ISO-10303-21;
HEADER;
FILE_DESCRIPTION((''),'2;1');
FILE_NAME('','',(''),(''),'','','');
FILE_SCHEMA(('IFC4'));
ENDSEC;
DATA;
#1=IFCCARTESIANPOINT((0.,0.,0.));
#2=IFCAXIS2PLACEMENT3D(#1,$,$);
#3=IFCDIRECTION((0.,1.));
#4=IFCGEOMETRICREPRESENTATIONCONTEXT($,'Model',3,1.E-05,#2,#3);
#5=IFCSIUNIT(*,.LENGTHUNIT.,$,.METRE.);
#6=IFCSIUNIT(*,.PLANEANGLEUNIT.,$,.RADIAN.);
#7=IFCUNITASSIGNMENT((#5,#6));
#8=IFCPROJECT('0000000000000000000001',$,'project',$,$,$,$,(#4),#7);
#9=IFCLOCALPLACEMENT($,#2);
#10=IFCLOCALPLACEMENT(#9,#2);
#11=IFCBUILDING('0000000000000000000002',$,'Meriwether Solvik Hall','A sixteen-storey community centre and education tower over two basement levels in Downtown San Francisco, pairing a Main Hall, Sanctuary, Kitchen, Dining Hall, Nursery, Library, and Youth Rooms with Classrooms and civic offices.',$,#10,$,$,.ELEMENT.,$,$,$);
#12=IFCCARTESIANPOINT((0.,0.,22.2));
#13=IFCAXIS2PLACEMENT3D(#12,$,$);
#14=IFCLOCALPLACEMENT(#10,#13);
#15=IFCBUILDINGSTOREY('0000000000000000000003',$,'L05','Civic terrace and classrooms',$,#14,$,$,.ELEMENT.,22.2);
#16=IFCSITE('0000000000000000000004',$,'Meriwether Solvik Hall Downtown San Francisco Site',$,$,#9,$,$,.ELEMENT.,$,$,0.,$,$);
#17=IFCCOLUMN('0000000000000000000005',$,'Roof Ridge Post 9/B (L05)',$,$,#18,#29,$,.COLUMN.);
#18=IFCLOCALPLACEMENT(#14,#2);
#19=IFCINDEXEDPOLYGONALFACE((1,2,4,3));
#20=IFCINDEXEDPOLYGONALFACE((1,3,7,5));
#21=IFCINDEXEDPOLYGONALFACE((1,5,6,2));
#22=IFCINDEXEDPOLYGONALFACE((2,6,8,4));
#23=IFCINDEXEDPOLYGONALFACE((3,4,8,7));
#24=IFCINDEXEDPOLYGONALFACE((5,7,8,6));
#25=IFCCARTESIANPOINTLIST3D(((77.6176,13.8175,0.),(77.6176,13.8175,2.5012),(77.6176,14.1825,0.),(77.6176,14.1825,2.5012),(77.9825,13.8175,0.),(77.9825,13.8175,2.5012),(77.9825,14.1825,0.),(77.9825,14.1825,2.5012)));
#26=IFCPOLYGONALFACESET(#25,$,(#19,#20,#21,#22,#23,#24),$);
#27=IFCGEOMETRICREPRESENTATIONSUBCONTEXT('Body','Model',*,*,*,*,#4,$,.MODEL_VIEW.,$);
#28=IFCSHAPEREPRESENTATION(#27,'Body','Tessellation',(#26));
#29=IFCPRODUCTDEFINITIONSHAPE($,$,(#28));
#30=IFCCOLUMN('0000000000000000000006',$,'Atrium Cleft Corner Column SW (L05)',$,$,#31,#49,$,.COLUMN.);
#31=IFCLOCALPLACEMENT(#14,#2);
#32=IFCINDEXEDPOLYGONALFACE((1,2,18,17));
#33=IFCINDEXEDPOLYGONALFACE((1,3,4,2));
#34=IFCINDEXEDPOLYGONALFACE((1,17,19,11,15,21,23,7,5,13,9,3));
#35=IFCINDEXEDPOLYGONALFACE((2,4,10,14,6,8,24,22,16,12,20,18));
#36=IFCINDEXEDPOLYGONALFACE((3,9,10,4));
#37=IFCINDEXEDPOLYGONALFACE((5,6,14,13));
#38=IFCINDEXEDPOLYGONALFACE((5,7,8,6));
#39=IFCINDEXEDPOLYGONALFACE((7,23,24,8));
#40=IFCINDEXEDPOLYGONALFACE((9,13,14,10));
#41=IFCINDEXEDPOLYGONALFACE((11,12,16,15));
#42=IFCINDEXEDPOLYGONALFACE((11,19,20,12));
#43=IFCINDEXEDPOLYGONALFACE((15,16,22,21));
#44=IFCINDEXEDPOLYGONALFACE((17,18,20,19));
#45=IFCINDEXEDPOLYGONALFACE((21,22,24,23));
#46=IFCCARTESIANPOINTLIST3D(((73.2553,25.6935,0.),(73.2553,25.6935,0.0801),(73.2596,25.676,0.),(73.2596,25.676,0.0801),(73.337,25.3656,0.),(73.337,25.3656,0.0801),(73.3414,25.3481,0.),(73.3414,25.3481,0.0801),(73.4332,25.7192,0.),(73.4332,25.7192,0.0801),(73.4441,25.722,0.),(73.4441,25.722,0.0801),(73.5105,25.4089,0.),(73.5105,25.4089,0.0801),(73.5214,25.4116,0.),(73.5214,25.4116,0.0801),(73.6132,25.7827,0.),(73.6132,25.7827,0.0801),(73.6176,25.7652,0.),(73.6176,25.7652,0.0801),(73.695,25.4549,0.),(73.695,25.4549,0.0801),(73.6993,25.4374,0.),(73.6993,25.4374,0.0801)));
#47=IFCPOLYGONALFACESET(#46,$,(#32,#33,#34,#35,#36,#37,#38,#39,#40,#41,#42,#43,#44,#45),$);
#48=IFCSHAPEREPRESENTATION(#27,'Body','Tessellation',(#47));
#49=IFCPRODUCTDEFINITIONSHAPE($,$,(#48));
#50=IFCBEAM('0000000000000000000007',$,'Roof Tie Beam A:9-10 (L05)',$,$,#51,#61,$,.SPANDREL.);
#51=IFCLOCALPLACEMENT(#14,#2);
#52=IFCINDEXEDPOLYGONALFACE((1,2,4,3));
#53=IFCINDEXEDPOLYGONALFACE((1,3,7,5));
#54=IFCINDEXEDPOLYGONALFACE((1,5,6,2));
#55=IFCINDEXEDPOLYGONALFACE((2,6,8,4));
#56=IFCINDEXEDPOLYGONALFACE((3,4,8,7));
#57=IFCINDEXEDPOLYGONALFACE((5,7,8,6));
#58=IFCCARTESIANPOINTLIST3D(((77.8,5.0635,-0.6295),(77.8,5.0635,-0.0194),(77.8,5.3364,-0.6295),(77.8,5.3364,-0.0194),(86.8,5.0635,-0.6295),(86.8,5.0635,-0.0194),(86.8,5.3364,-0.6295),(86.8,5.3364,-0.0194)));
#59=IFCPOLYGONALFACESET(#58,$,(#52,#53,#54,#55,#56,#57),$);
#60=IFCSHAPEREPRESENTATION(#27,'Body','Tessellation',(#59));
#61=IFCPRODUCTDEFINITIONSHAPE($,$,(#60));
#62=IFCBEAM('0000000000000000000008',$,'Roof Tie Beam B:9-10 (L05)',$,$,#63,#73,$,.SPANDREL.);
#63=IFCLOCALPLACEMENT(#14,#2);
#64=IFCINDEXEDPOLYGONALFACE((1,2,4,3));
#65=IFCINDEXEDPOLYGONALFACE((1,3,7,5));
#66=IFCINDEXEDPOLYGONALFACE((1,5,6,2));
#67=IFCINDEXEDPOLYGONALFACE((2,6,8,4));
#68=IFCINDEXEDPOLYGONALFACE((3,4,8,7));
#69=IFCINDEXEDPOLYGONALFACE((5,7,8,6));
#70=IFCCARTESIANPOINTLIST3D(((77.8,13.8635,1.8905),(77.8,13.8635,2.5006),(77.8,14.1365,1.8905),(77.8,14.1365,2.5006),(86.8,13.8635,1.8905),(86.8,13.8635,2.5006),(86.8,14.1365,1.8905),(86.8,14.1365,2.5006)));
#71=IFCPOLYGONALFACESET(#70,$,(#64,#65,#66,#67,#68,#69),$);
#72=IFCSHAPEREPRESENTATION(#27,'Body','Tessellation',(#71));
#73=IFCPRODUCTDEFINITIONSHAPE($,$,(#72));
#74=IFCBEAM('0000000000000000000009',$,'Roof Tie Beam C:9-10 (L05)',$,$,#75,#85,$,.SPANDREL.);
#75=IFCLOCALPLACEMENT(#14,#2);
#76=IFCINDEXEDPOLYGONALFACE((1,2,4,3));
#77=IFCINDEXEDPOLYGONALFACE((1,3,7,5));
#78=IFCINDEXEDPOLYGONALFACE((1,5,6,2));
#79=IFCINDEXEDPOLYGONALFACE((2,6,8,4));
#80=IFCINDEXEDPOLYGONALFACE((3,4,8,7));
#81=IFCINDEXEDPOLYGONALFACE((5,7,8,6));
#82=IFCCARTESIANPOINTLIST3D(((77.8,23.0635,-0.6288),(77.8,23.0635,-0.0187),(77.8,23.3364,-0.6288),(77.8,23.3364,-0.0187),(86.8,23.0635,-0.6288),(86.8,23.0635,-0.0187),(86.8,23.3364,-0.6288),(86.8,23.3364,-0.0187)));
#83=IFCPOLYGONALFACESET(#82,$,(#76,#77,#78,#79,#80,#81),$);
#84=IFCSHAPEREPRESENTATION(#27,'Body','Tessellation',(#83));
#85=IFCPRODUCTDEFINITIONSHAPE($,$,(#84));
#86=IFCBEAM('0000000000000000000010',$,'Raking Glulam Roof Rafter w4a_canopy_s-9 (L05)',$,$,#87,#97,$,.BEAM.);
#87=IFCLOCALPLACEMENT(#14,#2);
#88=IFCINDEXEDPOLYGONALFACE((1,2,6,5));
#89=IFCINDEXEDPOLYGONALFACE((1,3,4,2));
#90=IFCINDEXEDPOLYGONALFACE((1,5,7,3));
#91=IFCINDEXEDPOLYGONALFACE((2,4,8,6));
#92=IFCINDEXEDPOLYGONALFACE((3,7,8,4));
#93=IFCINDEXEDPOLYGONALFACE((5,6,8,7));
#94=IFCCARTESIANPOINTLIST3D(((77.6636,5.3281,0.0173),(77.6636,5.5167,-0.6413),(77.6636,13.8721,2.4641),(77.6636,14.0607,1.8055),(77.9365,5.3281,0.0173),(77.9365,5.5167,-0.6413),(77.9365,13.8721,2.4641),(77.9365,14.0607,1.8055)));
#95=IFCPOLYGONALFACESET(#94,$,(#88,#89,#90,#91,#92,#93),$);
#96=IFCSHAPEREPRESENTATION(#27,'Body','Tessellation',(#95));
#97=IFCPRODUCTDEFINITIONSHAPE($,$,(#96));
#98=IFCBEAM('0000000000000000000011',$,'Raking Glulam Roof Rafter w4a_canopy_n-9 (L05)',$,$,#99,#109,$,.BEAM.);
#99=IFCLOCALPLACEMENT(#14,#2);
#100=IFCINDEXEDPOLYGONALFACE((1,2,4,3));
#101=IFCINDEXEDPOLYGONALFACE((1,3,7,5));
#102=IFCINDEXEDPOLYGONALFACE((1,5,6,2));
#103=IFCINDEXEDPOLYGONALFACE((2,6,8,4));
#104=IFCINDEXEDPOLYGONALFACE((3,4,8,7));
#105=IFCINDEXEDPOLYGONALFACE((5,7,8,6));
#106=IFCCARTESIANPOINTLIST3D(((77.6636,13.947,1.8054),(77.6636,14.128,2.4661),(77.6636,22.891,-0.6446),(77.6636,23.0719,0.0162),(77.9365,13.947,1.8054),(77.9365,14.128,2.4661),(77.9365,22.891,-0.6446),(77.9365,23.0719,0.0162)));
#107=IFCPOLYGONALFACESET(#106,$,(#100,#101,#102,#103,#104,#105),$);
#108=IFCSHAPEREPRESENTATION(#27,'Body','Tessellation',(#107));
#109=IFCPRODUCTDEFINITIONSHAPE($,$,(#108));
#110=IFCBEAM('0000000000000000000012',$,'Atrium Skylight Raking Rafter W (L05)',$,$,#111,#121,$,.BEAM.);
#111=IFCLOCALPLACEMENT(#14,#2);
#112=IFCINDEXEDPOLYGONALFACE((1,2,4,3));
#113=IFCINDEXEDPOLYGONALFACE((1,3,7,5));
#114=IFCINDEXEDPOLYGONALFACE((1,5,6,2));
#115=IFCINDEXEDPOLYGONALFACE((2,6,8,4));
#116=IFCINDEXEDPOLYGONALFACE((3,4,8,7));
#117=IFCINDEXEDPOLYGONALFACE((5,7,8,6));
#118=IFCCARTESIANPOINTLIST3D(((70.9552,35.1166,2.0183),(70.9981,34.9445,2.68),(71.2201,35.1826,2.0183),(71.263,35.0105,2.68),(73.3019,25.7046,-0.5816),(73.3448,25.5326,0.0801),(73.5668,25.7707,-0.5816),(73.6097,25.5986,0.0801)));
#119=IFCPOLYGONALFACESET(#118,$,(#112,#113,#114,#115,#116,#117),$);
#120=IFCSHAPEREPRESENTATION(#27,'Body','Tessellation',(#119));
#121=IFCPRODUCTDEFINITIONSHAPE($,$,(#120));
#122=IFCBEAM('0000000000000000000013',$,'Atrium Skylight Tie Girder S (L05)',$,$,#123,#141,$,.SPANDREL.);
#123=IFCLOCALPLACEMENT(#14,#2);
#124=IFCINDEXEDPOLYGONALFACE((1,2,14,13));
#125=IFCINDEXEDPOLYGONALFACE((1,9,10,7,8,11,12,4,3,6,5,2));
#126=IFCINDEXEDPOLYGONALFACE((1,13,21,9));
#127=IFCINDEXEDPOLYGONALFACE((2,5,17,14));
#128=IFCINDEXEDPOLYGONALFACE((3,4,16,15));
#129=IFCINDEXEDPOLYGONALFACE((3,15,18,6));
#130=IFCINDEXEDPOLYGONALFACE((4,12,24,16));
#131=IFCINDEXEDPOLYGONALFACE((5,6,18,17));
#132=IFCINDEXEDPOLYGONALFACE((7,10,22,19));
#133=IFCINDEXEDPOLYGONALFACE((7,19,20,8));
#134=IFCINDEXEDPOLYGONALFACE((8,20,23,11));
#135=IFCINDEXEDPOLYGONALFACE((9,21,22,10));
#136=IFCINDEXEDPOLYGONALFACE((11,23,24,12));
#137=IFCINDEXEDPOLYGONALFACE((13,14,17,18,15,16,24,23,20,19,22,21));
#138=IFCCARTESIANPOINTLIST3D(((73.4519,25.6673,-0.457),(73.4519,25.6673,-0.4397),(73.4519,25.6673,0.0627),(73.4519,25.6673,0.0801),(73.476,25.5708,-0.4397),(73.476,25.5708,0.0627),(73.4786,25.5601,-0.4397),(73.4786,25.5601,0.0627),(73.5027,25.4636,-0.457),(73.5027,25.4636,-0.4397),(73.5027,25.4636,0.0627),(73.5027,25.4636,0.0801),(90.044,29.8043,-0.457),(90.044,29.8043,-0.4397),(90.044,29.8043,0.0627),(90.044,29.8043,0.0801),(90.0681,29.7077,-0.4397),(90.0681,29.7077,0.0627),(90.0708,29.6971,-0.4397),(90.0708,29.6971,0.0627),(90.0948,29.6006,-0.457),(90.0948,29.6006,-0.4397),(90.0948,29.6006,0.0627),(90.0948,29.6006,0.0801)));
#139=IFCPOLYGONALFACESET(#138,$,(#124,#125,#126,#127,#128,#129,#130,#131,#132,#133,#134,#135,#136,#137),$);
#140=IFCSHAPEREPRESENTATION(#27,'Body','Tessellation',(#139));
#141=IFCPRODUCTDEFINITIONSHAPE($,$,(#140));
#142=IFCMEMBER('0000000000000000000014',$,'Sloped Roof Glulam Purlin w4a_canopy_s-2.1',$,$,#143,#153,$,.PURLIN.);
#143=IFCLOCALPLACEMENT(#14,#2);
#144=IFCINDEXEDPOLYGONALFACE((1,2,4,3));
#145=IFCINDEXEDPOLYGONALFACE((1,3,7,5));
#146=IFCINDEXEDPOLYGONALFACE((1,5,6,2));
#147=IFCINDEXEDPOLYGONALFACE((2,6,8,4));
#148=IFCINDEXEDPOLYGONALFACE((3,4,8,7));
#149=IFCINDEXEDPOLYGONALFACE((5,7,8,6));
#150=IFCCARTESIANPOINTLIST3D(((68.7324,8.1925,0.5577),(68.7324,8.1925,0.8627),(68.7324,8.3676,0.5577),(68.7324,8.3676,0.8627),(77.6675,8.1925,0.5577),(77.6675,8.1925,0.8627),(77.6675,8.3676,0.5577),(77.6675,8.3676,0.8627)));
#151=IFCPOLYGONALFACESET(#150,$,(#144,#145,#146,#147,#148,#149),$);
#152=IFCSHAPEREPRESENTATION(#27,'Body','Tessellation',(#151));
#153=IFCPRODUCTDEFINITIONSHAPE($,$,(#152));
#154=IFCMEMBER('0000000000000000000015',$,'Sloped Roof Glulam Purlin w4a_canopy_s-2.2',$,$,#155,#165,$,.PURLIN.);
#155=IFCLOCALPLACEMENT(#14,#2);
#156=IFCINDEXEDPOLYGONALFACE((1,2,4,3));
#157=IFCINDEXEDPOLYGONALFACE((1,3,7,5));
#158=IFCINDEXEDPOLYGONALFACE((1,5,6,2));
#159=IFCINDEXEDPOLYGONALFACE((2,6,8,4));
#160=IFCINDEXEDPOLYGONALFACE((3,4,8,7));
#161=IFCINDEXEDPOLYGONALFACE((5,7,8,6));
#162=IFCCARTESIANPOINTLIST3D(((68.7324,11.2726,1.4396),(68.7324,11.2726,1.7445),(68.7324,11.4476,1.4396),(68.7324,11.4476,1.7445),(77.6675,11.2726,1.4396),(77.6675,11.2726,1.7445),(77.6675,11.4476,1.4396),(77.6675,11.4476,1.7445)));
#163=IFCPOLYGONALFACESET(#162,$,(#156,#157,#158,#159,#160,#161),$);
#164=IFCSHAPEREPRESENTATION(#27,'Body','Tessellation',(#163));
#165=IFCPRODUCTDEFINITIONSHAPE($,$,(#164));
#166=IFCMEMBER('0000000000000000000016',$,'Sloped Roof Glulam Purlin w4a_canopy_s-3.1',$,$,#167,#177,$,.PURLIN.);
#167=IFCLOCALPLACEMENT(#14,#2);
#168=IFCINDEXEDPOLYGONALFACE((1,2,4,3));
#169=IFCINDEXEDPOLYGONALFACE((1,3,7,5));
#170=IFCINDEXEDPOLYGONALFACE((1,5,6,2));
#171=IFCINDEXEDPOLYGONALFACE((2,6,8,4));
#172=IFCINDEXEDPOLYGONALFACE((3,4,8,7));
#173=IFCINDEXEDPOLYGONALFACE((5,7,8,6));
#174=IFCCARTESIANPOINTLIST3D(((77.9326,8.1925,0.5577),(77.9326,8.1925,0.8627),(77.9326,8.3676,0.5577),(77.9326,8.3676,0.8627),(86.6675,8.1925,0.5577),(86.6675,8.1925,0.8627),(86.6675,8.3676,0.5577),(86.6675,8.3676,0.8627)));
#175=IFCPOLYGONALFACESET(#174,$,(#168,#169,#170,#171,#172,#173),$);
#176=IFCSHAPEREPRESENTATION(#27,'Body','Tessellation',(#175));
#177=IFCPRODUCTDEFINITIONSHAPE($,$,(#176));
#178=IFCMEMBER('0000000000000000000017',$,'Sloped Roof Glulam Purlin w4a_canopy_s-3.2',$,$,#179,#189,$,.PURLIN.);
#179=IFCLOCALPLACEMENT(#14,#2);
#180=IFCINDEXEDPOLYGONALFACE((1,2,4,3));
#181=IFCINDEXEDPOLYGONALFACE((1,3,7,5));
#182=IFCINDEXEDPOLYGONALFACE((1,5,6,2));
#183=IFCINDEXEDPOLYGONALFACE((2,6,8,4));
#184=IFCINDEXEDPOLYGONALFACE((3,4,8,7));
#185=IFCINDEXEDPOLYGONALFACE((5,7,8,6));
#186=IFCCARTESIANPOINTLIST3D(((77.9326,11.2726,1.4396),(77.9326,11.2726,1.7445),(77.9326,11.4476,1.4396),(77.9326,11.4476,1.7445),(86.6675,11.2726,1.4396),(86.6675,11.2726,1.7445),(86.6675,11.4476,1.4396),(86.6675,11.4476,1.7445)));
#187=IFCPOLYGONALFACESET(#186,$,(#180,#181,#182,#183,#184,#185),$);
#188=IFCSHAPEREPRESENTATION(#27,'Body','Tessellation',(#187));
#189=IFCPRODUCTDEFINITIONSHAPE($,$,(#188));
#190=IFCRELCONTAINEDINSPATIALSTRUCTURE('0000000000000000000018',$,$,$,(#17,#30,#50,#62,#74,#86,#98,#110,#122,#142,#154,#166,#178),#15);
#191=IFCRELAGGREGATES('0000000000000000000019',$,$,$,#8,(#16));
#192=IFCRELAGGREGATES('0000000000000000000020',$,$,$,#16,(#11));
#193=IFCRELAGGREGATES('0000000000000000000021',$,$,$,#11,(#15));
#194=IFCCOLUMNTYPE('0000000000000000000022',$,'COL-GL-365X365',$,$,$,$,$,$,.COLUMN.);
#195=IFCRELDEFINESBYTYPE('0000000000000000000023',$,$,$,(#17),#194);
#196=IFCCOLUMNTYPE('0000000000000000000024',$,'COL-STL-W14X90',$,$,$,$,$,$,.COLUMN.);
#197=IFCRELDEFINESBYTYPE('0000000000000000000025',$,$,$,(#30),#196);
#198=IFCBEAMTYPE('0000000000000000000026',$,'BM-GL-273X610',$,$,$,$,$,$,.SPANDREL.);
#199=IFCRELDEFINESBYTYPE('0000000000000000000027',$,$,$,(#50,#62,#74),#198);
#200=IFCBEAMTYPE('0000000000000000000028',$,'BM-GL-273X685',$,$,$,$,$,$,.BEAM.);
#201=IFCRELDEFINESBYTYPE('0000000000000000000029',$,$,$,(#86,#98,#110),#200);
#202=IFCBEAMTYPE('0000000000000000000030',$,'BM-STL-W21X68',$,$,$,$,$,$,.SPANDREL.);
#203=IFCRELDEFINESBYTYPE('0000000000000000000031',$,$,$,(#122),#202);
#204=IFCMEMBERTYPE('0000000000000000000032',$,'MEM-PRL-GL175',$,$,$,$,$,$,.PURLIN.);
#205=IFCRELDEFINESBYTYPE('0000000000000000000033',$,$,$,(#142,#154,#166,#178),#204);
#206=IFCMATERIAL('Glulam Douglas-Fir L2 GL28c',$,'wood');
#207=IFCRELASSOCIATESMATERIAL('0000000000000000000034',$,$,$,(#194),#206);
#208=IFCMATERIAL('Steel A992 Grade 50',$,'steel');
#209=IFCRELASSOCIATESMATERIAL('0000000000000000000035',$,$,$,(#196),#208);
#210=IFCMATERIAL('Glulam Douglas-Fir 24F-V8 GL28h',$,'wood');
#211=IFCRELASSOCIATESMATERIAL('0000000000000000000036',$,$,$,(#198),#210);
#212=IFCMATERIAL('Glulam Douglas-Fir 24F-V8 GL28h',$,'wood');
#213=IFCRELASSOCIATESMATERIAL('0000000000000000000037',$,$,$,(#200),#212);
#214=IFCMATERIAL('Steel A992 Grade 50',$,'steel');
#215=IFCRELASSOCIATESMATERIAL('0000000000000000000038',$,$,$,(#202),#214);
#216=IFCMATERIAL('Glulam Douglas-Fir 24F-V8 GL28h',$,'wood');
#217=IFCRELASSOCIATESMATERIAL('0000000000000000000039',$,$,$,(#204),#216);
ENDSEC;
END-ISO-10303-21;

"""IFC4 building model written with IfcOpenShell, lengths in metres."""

from ifc_helpers import new_model, si_unit, direction, frame, origin, origin_2d, place, context, subcontext, project, spatial, rectangle, i_section, extrude, material, material_profile, profile_set, type_object, element, save


model = new_model("IFC4")

# Units and contexts
model_context = context("Model", 3, precision=1e-05, world=origin(), true_north=direction((0.0, 1.0)))
body_context = subcontext(model_context, "Body", "Model", "MODEL_VIEW")
ifc_project = project(units=[si_unit("LENGTHUNIT", "METRE"), si_unit("PLANEANGLEUNIT", "RADIAN")], contexts=[model_context])

# Site, building, storey
site_placement = place(None, origin())
site = spatial("IfcSite", under=ifc_project, at=site_placement, Name="Meriwether Solvik Hall Downtown San Francisco Site", CompositionType="ELEMENT", RefElevation=0.0)
building_placement = place(site_placement, origin())
building = spatial("IfcBuilding", under=site, at=building_placement, Name="Meriwether Solvik Hall", Description="A sixteen-storey community centre and education tower over two basement levels in Downtown San Francisco, pairing a Main Hall, Sanctuary, Kitchen, Dining Hall, Nursery, Library, and Youth Rooms with Classrooms and civic offices.", CompositionType="ELEMENT")
storey_placement = place(building_placement, frame((0.0, 0.0, 22.2)))
storey = spatial("IfcBuildingStorey", under=building, at=storey_placement, Name="L05", Description="Civic terrace and classrooms", CompositionType="ELEMENT", Elevation=22.2)

# Columns
ifc_material_1 = material(Name="Glulam Douglas-Fir L2 GL28c", Category="wood")
ifc_material_profile_1 = material_profile(ifc_material_1, rectangle(XDim=0.365, YDim=0.365, at=origin_2d()), Name="GLC-365X365")
ifc_profile_set_1 = profile_set([ifc_material_profile_1], Name="Glulam Douglas-Fir L2 GL28c")
column_type_1 = type_object("IfcColumnType", Name="COL-GL-365X365", PredefinedType="COLUMN", material=ifc_profile_set_1)
column_1_placement = place(storey_placement, frame((77.8, 14.0, 0.0), z_axis=(0.0, 0.0, 1.0), x_axis=(1.0, 0.0, 0.0)))
element("IfcColumn", 1, at=column_1_placement, inside=storey, type_object=column_type_1, Name="Roof Ridge Post 9/B (L05)", PredefinedType="COLUMN", context=body_context, shape_type="SweptSolid", body=[
    extrude(rectangle(XDim=0.365, YDim=0.365, at=origin_2d()), origin(), (0.0, 0.0, 1.0), 2.5012),
])
ifc_material_2 = material(Name="Steel A992 Grade 50", Category="steel")
ifc_material_profile_2 = material_profile(ifc_material_2, i_section(OverallWidth=0.3689, OverallDepth=0.356, WebThickness=0.0112, FlangeThickness=0.0181, at=origin_2d()), Name="W14X90")
ifc_profile_set_2 = profile_set([ifc_material_profile_2], Name="Steel A992 Grade 50")
column_type_2 = type_object("IfcColumnType", Name="COL-STL-W14X90", PredefinedType="COLUMN", material=ifc_profile_set_2)
column_2_placement = place(storey_placement, frame((73.4773, 25.5654, 0.0), z_axis=(0.0, 0.0, 1.0), x_axis=(0.970296, 0.241922, 0.0)))
element("IfcColumn", 2, at=column_2_placement, inside=storey, type_object=column_type_2, Name="Atrium Cleft Corner Column SW (L05)", PredefinedType="COLUMN", context=body_context, shape_type="SweptSolid", body=[
    extrude(i_section(OverallWidth=0.3689, OverallDepth=0.356, WebThickness=0.0112, FlangeThickness=0.0181, at=origin_2d()), origin(), (0.0, 0.0, 1.0), 0.0801),
])

# Beams
ifc_material_3 = material(Name="Glulam Douglas-Fir 24F-V8 GL28h", Category="wood")
ifc_material_profile_3 = material_profile(ifc_material_3, rectangle(XDim=0.2729, YDim=0.6101, at=origin_2d()), Name="GLB-273X610")
ifc_profile_set_3 = profile_set([ifc_material_profile_3], Name="Glulam Douglas-Fir 24F-V8 GL28h")
beam_type_1 = type_object("IfcBeamType", Name="BM-GL-273X610", PredefinedType="SPANDREL", material=ifc_profile_set_3)
for number, where, z_axis, x_axis, name in (
    (3, (77.8, 5.2, -0.3245), (1.0, 0.0, 0.0), (0.0, 1.0, 0.0), "Roof Tie Beam A:9-10 (L05)"),
    (4, (77.8, 14.0, 2.1956), (1.0, 0.0, 0.0), (0.0, 1.0, 0.0), "Roof Tie Beam B:9-10 (L05)"),
    (5, (77.8, 23.2, -0.3237), (1.0, 0.0, 0.0), (0.0, 1.0, 0.0), "Roof Tie Beam C:9-10 (L05)"),
):
    element("IfcBeam", number, at=place(storey_placement, frame(where, z_axis=z_axis, x_axis=x_axis)), inside=storey, type_object=beam_type_1, Name=name, PredefinedType="SPANDREL", context=body_context, shape_type="SweptSolid", body=[
        extrude(rectangle(XDim=0.2729, YDim=0.6101, at=origin_2d()), origin(), (0.0, 0.0, 1.0), 9.0),
    ])
ifc_material_4 = material(Name="Glulam Douglas-Fir 24F-V8 GL28h", Category="wood")
ifc_material_profile_4 = material_profile(ifc_material_4, rectangle(XDim=0.2729, YDim=0.6851, at=origin_2d()), Name="GLB-273X685")
ifc_profile_set_4 = profile_set([ifc_material_profile_4], Name="Glulam Douglas-Fir 24F-V8 GL28h")
beam_type_2 = type_object("IfcBeamType", Name="BM-GL-273X685", PredefinedType="BEAM", material=ifc_profile_set_4)
beam_1_placement = place(storey_placement, frame((77.8, 5.4224, -0.312), z_axis=(0.0, 0.961356, 0.275309), x_axis=(-1.0, 0.0, 0.0)))
element("IfcBeam", 6, at=beam_1_placement, inside=storey, type_object=beam_type_2, Name="Raking Glulam Roof Rafter w4a_canopy_s-9 (L05)", PredefinedType="BEAM", context=body_context, shape_type="SweptSolid", body=[
    extrude(rectangle(XDim=0.2729, YDim=0.6851, at=origin_2d()), origin(), (0.0, 0.0, 1.0), 8.8875),
])
beam_2_placement = place(storey_placement, frame((77.8, 22.9814, -0.3142), z_axis=(0.0, -0.96447, 0.264193), x_axis=(1.0, 0.0, 0.0)))
element("IfcBeam", 7, at=beam_2_placement, inside=storey, type_object=beam_type_2, Name="Raking Glulam Roof Rafter w4a_canopy_n-9 (L05)", PredefinedType="BEAM", context=body_context, shape_type="SweptSolid", body=[
    extrude(rectangle(XDim=0.2729, YDim=0.6851, at=origin_2d()), origin(), (0.0, 0.0, 1.0), 9.2734),
])
beam_3_placement = place(storey_placement, frame((73.4558, 25.6516, -0.2507), z_axis=(-0.233678, 0.937215, 0.258888), x_axis=(-0.970295, -0.241926, 0.0)))
element("IfcBeam", 8, at=beam_3_placement, inside=storey, type_object=beam_type_2, Name="Atrium Skylight Raking Rafter W (L05)", PredefinedType="BEAM", context=body_context, shape_type="SweptSolid", body=[
    extrude(rectangle(XDim=0.2729, YDim=0.6851, at=origin_2d()), origin(), (0.0, 0.0, 1.0), 10.0425),
])
ifc_material_5 = material(Name="Steel A992 Grade 50", Category="steel")
ifc_material_profile_5 = material_profile(ifc_material_5, i_section(OverallWidth=0.21, OverallDepth=0.5371, WebThickness=0.011, FlangeThickness=0.0173, at=origin_2d()), Name="W21X68")
ifc_profile_set_5 = profile_set([ifc_material_profile_5], Name="Steel A992 Grade 50")
beam_type_3 = type_object("IfcBeamType", Name="BM-STL-W21X68", PredefinedType="SPANDREL", material=ifc_profile_set_5)
beam_4_placement = place(storey_placement, frame((73.4773, 25.5654, -0.1885), z_axis=(0.970294, 0.241928, 0.0), x_axis=(-0.241928, 0.970294, 0.0)))
element("IfcBeam", 9, at=beam_4_placement, inside=storey, type_object=beam_type_3, Name="Atrium Skylight Tie Girder S (L05)", PredefinedType="SPANDREL", context=body_context, shape_type="SweptSolid", body=[
    extrude(i_section(OverallWidth=0.21, OverallDepth=0.5371, WebThickness=0.011, FlangeThickness=0.0173, at=origin_2d()), origin(), (0.0, 0.0, 1.0), 17.1001),
])

# Members
ifc_material_6 = material(Name="Glulam Douglas-Fir 24F-V8 GL28h", Category="wood")
ifc_material_profile_6 = material_profile(ifc_material_6, rectangle(XDim=0.175, YDim=0.3049, at=origin_2d()), Name="GLM-175X305")
ifc_profile_set_6 = profile_set([ifc_material_profile_6], Name="Glulam Douglas-Fir 24F-V8 GL28h")
member_type = type_object("IfcMemberType", Name="MEM-PRL-GL175", PredefinedType="PURLIN", material=ifc_profile_set_6)
for number, where, z_axis, x_axis, name in (
    (10, (68.7324, 8.28, 0.7102), (1.0, 0.0, 0.0), (0.0, 1.0, 0.0), "Sloped Roof Glulam Purlin w4a_canopy_s-2.1"),
    (11, (68.7324, 11.3601, 1.592), (1.0, 0.0, 0.0), (0.0, 1.0, 0.0), "Sloped Roof Glulam Purlin w4a_canopy_s-2.2"),
):
    element("IfcMember", number, at=place(storey_placement, frame(where, z_axis=z_axis, x_axis=x_axis)), inside=storey, type_object=member_type, Name=name, PredefinedType="PURLIN", context=body_context, shape_type="SweptSolid", body=[
        extrude(rectangle(XDim=0.175, YDim=0.3049, at=origin_2d()), origin(), (0.0, 0.0, 1.0), 8.9351),
    ])
for number, where, z_axis, x_axis, name in (
    (12, (77.9326, 8.28, 0.7102), (1.0, 0.0, 0.0), (0.0, 1.0, 0.0), "Sloped Roof Glulam Purlin w4a_canopy_s-3.1"),
    (13, (77.9326, 11.3601, 1.592), (1.0, 0.0, 0.0), (0.0, 1.0, 0.0), "Sloped Roof Glulam Purlin w4a_canopy_s-3.2"),
):
    element("IfcMember", number, at=place(storey_placement, frame(where, z_axis=z_axis, x_axis=x_axis)), inside=storey, type_object=member_type, Name=name, PredefinedType="PURLIN", context=body_context, shape_type="SweptSolid", body=[
        extrude(rectangle(XDim=0.175, YDim=0.3049, at=origin_2d()), origin(), (0.0, 0.0, 1.0), 8.7349),
    ])

save(model, "model.ifc")
